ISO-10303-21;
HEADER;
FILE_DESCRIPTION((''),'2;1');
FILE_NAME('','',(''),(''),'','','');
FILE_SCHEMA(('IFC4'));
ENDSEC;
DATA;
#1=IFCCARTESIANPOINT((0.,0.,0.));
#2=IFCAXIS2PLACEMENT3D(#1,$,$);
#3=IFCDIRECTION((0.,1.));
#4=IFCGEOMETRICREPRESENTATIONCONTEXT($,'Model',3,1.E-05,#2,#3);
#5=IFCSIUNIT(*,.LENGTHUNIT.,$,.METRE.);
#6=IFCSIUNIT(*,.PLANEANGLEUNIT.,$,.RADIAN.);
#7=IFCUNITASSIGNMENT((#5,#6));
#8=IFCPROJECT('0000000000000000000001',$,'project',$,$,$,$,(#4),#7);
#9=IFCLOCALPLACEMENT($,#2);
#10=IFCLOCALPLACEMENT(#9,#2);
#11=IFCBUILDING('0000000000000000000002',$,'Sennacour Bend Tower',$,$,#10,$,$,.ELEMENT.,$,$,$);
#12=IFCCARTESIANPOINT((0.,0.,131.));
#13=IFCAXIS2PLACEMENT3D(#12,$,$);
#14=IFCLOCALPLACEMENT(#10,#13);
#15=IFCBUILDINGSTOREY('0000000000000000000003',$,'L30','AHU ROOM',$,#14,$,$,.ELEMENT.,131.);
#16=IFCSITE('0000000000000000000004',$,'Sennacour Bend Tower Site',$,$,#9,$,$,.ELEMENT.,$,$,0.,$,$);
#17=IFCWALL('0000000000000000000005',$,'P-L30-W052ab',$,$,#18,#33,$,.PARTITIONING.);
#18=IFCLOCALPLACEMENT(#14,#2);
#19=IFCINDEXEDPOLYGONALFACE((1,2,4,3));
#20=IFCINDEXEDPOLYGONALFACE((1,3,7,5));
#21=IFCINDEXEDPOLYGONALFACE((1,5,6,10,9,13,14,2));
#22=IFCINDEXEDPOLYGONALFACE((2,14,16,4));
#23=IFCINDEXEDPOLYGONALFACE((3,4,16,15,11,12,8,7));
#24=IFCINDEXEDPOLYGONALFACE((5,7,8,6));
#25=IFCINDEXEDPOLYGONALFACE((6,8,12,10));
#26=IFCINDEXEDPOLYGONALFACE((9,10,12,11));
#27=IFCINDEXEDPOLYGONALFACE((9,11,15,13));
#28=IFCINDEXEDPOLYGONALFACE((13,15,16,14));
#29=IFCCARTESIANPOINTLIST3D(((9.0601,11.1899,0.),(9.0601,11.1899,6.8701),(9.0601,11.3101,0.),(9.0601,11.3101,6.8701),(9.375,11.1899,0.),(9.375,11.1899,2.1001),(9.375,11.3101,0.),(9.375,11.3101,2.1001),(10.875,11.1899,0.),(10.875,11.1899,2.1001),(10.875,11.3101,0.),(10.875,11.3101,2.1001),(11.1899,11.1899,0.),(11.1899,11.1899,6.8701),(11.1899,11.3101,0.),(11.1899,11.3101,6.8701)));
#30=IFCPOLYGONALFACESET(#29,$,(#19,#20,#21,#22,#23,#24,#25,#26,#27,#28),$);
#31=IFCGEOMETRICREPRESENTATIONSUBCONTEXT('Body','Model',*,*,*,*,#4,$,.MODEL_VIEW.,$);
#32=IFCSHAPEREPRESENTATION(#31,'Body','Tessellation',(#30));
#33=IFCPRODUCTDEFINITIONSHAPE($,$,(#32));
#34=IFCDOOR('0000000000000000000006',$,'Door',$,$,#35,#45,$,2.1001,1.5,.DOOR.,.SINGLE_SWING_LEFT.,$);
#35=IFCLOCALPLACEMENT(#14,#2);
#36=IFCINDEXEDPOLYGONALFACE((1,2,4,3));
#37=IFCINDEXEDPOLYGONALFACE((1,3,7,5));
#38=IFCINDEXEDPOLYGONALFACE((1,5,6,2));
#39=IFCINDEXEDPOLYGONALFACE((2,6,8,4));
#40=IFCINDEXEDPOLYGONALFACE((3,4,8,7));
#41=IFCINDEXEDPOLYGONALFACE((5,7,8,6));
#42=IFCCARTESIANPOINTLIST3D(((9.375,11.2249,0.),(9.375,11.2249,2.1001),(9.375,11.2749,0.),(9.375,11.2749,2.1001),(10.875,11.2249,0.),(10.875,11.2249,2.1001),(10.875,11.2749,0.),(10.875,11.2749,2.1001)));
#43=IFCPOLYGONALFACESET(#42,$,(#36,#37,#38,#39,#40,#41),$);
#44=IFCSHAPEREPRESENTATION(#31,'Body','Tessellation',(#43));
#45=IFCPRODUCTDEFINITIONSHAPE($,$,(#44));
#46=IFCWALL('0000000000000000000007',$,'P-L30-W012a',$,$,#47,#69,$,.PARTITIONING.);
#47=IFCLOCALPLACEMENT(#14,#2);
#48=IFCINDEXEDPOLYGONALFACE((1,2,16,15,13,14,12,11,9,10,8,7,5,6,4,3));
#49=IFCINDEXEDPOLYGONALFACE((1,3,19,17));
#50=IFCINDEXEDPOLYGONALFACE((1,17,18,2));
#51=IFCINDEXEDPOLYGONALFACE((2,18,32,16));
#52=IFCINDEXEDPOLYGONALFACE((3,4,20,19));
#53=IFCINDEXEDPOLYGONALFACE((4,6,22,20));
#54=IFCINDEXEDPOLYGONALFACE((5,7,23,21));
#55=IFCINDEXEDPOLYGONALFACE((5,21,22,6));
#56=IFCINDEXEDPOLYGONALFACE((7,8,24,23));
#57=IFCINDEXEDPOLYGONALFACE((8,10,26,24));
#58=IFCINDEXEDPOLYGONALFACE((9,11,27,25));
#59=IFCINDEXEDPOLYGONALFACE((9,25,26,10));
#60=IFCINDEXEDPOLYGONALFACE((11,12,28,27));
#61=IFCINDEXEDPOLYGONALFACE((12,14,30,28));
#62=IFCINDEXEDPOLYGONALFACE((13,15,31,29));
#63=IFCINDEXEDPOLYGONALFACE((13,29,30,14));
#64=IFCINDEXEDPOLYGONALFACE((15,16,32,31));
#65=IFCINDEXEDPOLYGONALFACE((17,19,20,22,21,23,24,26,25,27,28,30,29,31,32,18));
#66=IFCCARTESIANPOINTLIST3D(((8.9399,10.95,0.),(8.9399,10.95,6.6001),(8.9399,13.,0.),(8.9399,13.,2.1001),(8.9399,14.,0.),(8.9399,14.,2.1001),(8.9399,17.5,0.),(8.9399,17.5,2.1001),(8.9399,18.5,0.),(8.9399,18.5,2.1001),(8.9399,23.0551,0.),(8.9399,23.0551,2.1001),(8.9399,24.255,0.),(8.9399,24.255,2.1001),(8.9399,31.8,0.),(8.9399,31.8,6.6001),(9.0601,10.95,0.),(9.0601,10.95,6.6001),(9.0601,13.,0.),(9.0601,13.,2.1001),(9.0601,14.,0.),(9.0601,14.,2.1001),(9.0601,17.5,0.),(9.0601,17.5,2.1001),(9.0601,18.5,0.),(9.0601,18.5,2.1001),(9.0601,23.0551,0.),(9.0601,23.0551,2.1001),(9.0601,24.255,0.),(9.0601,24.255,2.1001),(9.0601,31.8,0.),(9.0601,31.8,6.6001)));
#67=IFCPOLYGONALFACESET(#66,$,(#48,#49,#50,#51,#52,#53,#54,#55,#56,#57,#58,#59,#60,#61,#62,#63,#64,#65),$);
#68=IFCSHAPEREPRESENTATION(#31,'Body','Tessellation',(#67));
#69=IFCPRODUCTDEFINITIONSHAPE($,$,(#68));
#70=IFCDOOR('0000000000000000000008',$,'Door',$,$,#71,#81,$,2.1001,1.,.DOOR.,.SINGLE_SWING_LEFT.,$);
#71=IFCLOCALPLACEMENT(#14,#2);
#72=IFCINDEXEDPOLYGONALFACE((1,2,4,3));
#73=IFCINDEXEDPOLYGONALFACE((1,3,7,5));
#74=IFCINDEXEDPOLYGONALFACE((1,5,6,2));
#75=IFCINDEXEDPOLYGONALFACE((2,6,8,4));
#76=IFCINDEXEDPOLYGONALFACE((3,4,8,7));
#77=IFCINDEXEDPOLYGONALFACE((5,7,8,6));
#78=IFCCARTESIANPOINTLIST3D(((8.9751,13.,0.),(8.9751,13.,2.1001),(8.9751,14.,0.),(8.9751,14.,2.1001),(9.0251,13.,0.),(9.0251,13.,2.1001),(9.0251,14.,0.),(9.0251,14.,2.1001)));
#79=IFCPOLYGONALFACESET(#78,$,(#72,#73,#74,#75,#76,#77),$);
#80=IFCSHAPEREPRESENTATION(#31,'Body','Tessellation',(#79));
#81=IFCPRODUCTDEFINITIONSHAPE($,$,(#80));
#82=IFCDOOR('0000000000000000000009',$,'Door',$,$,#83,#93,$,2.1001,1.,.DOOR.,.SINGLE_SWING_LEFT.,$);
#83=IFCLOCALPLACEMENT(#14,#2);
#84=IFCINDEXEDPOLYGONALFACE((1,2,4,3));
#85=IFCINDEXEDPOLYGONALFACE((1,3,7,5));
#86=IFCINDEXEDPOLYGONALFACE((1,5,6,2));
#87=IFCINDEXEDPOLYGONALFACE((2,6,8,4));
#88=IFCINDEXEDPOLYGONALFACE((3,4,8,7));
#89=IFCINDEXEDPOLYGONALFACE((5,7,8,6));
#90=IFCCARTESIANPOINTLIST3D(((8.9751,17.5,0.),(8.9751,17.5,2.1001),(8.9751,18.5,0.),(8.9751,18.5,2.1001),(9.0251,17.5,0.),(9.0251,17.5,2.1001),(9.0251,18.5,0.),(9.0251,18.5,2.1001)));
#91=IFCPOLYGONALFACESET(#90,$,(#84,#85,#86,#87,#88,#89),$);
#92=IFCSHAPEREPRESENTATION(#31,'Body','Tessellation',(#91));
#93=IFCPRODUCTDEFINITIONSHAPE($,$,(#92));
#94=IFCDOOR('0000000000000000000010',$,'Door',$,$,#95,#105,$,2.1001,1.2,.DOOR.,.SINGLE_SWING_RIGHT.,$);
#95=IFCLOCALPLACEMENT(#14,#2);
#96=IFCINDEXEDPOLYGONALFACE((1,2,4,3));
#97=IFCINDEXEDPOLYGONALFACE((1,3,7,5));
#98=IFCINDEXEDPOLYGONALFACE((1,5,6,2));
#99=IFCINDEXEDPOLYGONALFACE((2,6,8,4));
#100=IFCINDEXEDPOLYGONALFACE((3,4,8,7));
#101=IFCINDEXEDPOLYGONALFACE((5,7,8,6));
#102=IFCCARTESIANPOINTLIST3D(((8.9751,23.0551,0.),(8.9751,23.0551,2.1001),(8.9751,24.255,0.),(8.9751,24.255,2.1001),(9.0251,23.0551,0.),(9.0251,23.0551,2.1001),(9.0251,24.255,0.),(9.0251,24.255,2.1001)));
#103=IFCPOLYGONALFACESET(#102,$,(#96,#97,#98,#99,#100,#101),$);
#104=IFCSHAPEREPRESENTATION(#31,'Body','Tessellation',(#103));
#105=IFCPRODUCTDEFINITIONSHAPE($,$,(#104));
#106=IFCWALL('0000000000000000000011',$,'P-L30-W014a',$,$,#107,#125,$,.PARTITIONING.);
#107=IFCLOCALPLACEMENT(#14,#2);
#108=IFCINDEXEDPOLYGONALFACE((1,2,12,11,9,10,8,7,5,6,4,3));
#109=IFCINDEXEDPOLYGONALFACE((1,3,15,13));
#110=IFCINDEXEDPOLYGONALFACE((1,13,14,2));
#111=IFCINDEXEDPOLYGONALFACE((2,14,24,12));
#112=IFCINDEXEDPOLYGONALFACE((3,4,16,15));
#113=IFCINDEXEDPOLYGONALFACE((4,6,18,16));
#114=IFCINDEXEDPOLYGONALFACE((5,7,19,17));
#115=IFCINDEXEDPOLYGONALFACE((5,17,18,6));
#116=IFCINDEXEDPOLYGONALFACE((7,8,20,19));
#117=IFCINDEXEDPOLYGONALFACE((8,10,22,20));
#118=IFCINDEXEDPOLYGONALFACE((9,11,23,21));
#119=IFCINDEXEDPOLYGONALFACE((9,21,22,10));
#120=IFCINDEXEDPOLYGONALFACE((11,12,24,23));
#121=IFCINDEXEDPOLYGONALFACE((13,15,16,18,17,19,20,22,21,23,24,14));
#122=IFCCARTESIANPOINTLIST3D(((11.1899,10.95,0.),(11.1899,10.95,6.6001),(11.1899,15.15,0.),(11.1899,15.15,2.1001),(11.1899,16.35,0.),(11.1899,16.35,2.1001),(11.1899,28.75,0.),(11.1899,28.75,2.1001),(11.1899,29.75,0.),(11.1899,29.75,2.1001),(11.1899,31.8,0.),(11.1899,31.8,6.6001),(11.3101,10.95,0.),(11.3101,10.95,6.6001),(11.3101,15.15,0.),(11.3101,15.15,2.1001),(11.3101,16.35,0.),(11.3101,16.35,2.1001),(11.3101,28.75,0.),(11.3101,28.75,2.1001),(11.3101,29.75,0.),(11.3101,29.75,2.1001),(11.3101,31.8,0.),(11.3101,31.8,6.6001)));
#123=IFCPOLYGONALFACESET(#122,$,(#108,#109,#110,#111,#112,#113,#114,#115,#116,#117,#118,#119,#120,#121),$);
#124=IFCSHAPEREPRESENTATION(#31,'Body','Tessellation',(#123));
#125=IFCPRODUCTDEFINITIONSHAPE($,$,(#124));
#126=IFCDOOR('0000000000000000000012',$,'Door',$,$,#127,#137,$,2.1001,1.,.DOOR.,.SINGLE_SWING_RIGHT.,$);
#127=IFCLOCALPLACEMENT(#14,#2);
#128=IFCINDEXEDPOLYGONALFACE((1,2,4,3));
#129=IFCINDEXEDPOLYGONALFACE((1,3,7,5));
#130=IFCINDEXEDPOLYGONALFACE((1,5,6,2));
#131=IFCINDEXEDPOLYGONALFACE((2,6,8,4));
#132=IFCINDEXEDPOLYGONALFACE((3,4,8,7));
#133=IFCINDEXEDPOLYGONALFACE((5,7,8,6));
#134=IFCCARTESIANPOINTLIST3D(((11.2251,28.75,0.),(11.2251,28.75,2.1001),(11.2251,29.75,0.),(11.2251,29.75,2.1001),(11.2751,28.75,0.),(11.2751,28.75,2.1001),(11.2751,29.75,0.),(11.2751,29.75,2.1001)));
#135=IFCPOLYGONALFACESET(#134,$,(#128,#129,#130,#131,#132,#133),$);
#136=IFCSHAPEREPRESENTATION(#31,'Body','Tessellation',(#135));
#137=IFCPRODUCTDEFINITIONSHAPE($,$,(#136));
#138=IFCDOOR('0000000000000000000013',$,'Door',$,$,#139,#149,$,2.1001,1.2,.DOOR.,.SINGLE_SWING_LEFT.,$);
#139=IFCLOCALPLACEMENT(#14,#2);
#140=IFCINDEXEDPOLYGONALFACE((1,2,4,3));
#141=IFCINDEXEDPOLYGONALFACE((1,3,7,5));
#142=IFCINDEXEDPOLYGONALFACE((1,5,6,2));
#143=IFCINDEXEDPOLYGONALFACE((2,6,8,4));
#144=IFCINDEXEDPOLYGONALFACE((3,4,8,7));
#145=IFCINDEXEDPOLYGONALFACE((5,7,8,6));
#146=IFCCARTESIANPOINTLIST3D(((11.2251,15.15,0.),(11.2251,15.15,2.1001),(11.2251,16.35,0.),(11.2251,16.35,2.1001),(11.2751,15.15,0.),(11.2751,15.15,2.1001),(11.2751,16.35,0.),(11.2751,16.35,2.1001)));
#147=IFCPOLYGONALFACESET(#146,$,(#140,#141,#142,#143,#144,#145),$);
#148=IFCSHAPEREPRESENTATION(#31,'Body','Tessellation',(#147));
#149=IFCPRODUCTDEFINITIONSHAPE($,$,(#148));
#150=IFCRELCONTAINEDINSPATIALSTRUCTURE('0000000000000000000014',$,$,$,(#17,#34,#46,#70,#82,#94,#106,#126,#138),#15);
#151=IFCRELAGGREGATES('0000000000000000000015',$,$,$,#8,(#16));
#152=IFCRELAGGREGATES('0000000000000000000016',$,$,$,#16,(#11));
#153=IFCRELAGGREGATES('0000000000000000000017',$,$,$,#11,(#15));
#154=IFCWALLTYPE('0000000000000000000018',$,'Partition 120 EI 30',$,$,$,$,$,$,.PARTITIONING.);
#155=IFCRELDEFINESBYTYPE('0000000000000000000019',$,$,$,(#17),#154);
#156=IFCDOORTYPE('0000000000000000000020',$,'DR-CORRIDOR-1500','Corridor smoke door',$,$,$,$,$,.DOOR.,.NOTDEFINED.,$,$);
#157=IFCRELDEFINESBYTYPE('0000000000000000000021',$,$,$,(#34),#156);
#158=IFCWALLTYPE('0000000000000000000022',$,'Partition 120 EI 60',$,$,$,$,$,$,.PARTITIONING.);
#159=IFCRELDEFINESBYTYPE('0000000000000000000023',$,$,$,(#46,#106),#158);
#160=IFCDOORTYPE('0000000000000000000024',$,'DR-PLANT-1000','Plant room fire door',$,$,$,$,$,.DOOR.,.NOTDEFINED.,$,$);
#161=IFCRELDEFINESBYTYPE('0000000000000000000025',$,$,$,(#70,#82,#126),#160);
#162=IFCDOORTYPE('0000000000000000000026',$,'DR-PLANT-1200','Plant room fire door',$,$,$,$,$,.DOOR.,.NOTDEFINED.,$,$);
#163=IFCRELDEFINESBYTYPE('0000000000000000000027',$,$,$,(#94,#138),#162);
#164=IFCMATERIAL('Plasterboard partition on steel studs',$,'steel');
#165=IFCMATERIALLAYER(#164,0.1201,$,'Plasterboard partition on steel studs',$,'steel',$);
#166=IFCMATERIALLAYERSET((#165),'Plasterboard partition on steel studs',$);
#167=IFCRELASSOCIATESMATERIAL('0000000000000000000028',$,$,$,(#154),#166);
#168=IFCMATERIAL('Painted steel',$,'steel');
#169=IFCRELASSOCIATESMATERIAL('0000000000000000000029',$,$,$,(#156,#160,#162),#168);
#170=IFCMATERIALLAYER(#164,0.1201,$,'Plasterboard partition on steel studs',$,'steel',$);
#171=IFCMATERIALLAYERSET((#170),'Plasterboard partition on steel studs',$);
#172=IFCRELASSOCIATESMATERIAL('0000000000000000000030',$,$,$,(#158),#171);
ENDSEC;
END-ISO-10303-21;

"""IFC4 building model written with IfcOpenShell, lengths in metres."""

from ifc_helpers import new_model, si_unit, direction, frame, frame_2d, origin, place, context, subcontext, project, spatial, rectangle, extrude, material, layer, layer_set, type_object, element, fill, save


model = new_model("IFC4")

# Units and contexts
model_context = context("Model", 3, precision=1e-05, world=origin(), true_north=direction((0.0, 1.0)))
body_context = subcontext(model_context, "Body", "Model", "MODEL_VIEW")
ifc_project = project(units=[si_unit("LENGTHUNIT", "METRE"), si_unit("PLANEANGLEUNIT", "RADIAN")], contexts=[model_context])

# Site, building, storey
site_placement = place(None, origin())
site = spatial("IfcSite", under=ifc_project, at=site_placement, Name="Sennacour Bend Tower Site", CompositionType="ELEMENT", RefElevation=0.0)
building_placement = place(site_placement, origin())
building = spatial("IfcBuilding", under=site, at=building_placement, Name="Sennacour Bend Tower", CompositionType="ELEMENT")
storey_placement = place(building_placement, frame((0.0, 0.0, 131.0)))
storey = spatial("IfcBuildingStorey", under=building, at=storey_placement, Name="L30", Description="AHU ROOM", CompositionType="ELEMENT", Elevation=131.0)

# Shared definitions
ifc_material_1 = material(Name="Plasterboard partition on steel studs", Category="steel")

# Wall, opening, door
ifc_layer_1 = layer(ifc_material_1, 0.1201, Name="Plasterboard partition on steel studs", Category="steel")
ifc_layer_set_1 = layer_set([ifc_layer_1], Name="Plasterboard partition on steel studs")
wall_type_1 = type_object("IfcWallType", Name="Partition 120 EI 30", PredefinedType="PARTITIONING", material=ifc_layer_set_1)
wall_1_placement = place(storey_placement, frame((9.0601, 11.25, 0.0), z_axis=(0.0, 0.0, 1.0), x_axis=(1.0, 0.0, 0.0)))
wall_1 = element("IfcWall", 1, at=wall_1_placement, inside=storey, type_object=wall_type_1, Name="P-L30-W052ab", PredefinedType="PARTITIONING", context=body_context, shape_type="SweptSolid", body=[
    extrude(rectangle(XDim=2.1299, YDim=0.1201, at=frame_2d((1.0649, 0.0))), origin(), (0.0, 0.0, 1.0), 6.8701),
])
opening_1_placement = place(wall_1_placement, frame((0.3149, 0.0, 0.0)))
opening_1 = element("IfcOpeningElement", 2, at=opening_1_placement, cuts=wall_1, PredefinedType="OPENING", context=body_context, shape_type="SweptSolid", body=[
    extrude(rectangle(XDim=1.5, YDim=2.1001, at=frame_2d((0.75, 1.05))), frame((0.0, 0.0701, 0.0), z_axis=(0.0, -1.0, 0.0), x_axis=(1.0, 0.0, 0.0)), (0.0, 0.0, 1.0), 0.1401),
])
ifc_material_2 = material(Name="Painted steel", Category="steel")
door_type_1 = type_object("IfcDoorType", Name="DR-CORRIDOR-1500", Description="Corridor smoke door", OperationType="NOTDEFINED", PredefinedType="DOOR", material=ifc_material_2)
door_1_placement = place(opening_1_placement, origin())
door_1 = element("IfcDoor", 3, at=door_1_placement, inside=storey, type_object=door_type_1, Name="Door", OperationType="SINGLE_SWING_LEFT", OverallHeight=2.1001, OverallWidth=1.5, PredefinedType="DOOR", context=body_context, shape_type="SweptSolid", body=[
    extrude(rectangle(XDim=1.5, YDim=2.1001, at=frame_2d((0.75, 1.05))), frame((0.0, 0.0249, 0.0), z_axis=(0.0, -1.0, 0.0), x_axis=(1.0, 0.0, 0.0)), (0.0, 0.0, 1.0), 0.05),
])
fill(opening_1, door_1)

# Walls, openings, doors
ifc_layer_2 = layer(ifc_material_1, 0.1201, Name="Plasterboard partition on steel studs", Category="steel")
ifc_layer_set_2 = layer_set([ifc_layer_2], Name="Plasterboard partition on steel studs")
wall_type_2 = type_object("IfcWallType", Name="Partition 120 EI 60", PredefinedType="PARTITIONING", material=ifc_layer_set_2)
wall_2_placement = place(storey_placement, frame((9.0, 10.95, 0.0), z_axis=(0.0, 0.0, 1.0), x_axis=(0.0, 1.0, 0.0)))
wall_2 = element("IfcWall", 4, at=wall_2_placement, inside=storey, type_object=wall_type_2, Name="P-L30-W012a", PredefinedType="PARTITIONING", context=body_context, shape_type="SweptSolid", body=[
    extrude(rectangle(XDim=20.8501, YDim=0.1201, at=frame_2d((10.425, 0.0))), origin(), (0.0, 0.0, 1.0), 6.6001),
])
opening_2_placement = place(wall_2_placement, frame((2.05, 0.0, 0.0)))
opening_2 = element("IfcOpeningElement", 5, at=opening_2_placement, cuts=wall_2, PredefinedType="OPENING", context=body_context, shape_type="SweptSolid", body=[
    extrude(rectangle(XDim=1.0, YDim=2.1001, at=frame_2d((0.5, 1.05))), frame((0.0, 0.0701, 0.0), z_axis=(0.0, -1.0, 0.0), x_axis=(1.0, 0.0, 0.0)), (0.0, 0.0, 1.0), 0.1401),
])
opening_3_placement = place(wall_2_placement, frame((6.55, 0.0, 0.0)))
opening_3 = element("IfcOpeningElement", 6, at=opening_3_placement, cuts=wall_2, PredefinedType="OPENING", context=body_context, shape_type="SweptSolid", body=[
    extrude(rectangle(XDim=1.0, YDim=2.1001, at=frame_2d((0.5, 1.05))), frame((0.0, 0.0701, 0.0), z_axis=(0.0, -1.0, 0.0), x_axis=(1.0, 0.0, 0.0)), (0.0, 0.0, 1.0), 0.1401),
])
opening_4_placement = place(wall_2_placement, frame((12.105, 0.0, 0.0)))
opening_4 = element("IfcOpeningElement", 7, at=opening_4_placement, cuts=wall_2, PredefinedType="OPENING", context=body_context, shape_type="SweptSolid", body=[
    extrude(rectangle(XDim=1.2, YDim=2.1001, at=frame_2d((0.6001, 1.05))), frame((0.0, 0.0701, 0.0), z_axis=(0.0, -1.0, 0.0), x_axis=(1.0, 0.0, 0.0)), (0.0, 0.0, 1.0), 0.1401),
])
door_type_2 = type_object("IfcDoorType", Name="DR-PLANT-1000", Description="Plant room fire door", OperationType="NOTDEFINED", PredefinedType="DOOR", material=ifc_material_2)
door_2_placement = place(opening_2_placement, origin())
door_2 = element("IfcDoor", 8, at=door_2_placement, inside=storey, type_object=door_type_2, Name="Door", OperationType="SINGLE_SWING_LEFT", OverallHeight=2.1001, OverallWidth=1.0, PredefinedType="DOOR", context=body_context, shape_type="SweptSolid", body=[
    extrude(rectangle(XDim=1.0, YDim=2.1001, at=frame_2d((0.5, 1.05))), frame((0.0, 0.0249, 0.0), z_axis=(0.0, -1.0, 0.0), x_axis=(1.0, 0.0, 0.0)), (0.0, 0.0, 1.0), 0.05),
])
fill(opening_2, door_2)
door_3_placement = place(opening_3_placement, origin())
door_3 = element("IfcDoor", 9, at=door_3_placement, inside=storey, type_object=door_type_2, Name="Door", OperationType="SINGLE_SWING_LEFT", OverallHeight=2.1001, OverallWidth=1.0, PredefinedType="DOOR", context=body_context, shape_type="SweptSolid", body=[
    extrude(rectangle(XDim=1.0, YDim=2.1001, at=frame_2d((0.5, 1.05))), frame((0.0, 0.0249, 0.0), z_axis=(0.0, -1.0, 0.0), x_axis=(1.0, 0.0, 0.0)), (0.0, 0.0, 1.0), 0.05),
])
fill(opening_3, door_3)
door_type_3 = type_object("IfcDoorType", Name="DR-PLANT-1200", Description="Plant room fire door", OperationType="NOTDEFINED", PredefinedType="DOOR", material=ifc_material_2)
door_4_placement = place(opening_4_placement, origin())
door_4 = element("IfcDoor", 10, at=door_4_placement, inside=storey, type_object=door_type_3, Name="Door", OperationType="SINGLE_SWING_RIGHT", OverallHeight=2.1001, OverallWidth=1.2, PredefinedType="DOOR", context=body_context, shape_type="SweptSolid", body=[
    extrude(rectangle(XDim=1.2, YDim=2.1001, at=frame_2d((0.6001, 1.05))), frame((0.0, 0.0249, 0.0), z_axis=(0.0, -1.0, 0.0), x_axis=(1.0, 0.0, 0.0)), (0.0, 0.0, 1.0), 0.05),
])
fill(opening_4, door_4)
wall_3_placement = place(storey_placement, frame((11.25, 10.95, 0.0), z_axis=(0.0, 0.0, 1.0), x_axis=(0.0, 1.0, 0.0)))
wall_3 = element("IfcWall", 11, at=wall_3_placement, inside=storey, type_object=wall_type_2, Name="P-L30-W014a", PredefinedType="PARTITIONING", context=body_context, shape_type="SweptSolid", body=[
    extrude(rectangle(XDim=20.8501, YDim=0.1201, at=frame_2d((10.425, 0.0))), origin(), (0.0, 0.0, 1.0), 6.6001),
])
opening_5_placement = place(wall_3_placement, frame((17.8, 0.0, 0.0)))
opening_5 = element("IfcOpeningElement", 12, at=opening_5_placement, cuts=wall_3, PredefinedType="OPENING", context=body_context, shape_type="SweptSolid", body=[
    extrude(rectangle(XDim=1.0, YDim=2.1001, at=frame_2d((0.5, 1.05))), frame((0.0, 0.0701, 0.0), z_axis=(0.0, -1.0, 0.0), x_axis=(1.0, 0.0, 0.0)), (0.0, 0.0, 1.0), 0.1401),
])
opening_6_placement = place(wall_3_placement, frame((4.2, 0.0, 0.0)))
opening_6 = element("IfcOpeningElement", 13, at=opening_6_placement, cuts=wall_3, PredefinedType="OPENING", context=body_context, shape_type="SweptSolid", body=[
    extrude(rectangle(XDim=1.2, YDim=2.1001, at=frame_2d((0.6001, 1.05))), frame((0.0, 0.0701, 0.0), z_axis=(0.0, -1.0, 0.0), x_axis=(1.0, 0.0, 0.0)), (0.0, 0.0, 1.0), 0.1401),
])
door_5_placement = place(opening_5_placement, origin())
door_5 = element("IfcDoor", 14, at=door_5_placement, inside=storey, type_object=door_type_2, Name="Door", OperationType="SINGLE_SWING_RIGHT", OverallHeight=2.1001, OverallWidth=1.0, PredefinedType="DOOR", context=body_context, shape_type="SweptSolid", body=[
    extrude(rectangle(XDim=1.0, YDim=2.1001, at=frame_2d((0.5, 1.05))), frame((0.0, 0.0249, 0.0), z_axis=(0.0, -1.0, 0.0), x_axis=(1.0, 0.0, 0.0)), (0.0, 0.0, 1.0), 0.05),
])
fill(opening_5, door_5)
door_6_placement = place(opening_6_placement, origin())
door_6 = element("IfcDoor", 15, at=door_6_placement, inside=storey, type_object=door_type_3, Name="Door", OperationType="SINGLE_SWING_LEFT", OverallHeight=2.1001, OverallWidth=1.2, PredefinedType="DOOR", context=body_context, shape_type="SweptSolid", body=[
    extrude(rectangle(XDim=1.2, YDim=2.1001, at=frame_2d((0.6001, 1.05))), frame((0.0, 0.0249, 0.0), z_axis=(0.0, -1.0, 0.0), x_axis=(1.0, 0.0, 0.0)), (0.0, 0.0, 1.0), 0.05),
])
fill(opening_6, door_6)

save(model, "model.ifc")
